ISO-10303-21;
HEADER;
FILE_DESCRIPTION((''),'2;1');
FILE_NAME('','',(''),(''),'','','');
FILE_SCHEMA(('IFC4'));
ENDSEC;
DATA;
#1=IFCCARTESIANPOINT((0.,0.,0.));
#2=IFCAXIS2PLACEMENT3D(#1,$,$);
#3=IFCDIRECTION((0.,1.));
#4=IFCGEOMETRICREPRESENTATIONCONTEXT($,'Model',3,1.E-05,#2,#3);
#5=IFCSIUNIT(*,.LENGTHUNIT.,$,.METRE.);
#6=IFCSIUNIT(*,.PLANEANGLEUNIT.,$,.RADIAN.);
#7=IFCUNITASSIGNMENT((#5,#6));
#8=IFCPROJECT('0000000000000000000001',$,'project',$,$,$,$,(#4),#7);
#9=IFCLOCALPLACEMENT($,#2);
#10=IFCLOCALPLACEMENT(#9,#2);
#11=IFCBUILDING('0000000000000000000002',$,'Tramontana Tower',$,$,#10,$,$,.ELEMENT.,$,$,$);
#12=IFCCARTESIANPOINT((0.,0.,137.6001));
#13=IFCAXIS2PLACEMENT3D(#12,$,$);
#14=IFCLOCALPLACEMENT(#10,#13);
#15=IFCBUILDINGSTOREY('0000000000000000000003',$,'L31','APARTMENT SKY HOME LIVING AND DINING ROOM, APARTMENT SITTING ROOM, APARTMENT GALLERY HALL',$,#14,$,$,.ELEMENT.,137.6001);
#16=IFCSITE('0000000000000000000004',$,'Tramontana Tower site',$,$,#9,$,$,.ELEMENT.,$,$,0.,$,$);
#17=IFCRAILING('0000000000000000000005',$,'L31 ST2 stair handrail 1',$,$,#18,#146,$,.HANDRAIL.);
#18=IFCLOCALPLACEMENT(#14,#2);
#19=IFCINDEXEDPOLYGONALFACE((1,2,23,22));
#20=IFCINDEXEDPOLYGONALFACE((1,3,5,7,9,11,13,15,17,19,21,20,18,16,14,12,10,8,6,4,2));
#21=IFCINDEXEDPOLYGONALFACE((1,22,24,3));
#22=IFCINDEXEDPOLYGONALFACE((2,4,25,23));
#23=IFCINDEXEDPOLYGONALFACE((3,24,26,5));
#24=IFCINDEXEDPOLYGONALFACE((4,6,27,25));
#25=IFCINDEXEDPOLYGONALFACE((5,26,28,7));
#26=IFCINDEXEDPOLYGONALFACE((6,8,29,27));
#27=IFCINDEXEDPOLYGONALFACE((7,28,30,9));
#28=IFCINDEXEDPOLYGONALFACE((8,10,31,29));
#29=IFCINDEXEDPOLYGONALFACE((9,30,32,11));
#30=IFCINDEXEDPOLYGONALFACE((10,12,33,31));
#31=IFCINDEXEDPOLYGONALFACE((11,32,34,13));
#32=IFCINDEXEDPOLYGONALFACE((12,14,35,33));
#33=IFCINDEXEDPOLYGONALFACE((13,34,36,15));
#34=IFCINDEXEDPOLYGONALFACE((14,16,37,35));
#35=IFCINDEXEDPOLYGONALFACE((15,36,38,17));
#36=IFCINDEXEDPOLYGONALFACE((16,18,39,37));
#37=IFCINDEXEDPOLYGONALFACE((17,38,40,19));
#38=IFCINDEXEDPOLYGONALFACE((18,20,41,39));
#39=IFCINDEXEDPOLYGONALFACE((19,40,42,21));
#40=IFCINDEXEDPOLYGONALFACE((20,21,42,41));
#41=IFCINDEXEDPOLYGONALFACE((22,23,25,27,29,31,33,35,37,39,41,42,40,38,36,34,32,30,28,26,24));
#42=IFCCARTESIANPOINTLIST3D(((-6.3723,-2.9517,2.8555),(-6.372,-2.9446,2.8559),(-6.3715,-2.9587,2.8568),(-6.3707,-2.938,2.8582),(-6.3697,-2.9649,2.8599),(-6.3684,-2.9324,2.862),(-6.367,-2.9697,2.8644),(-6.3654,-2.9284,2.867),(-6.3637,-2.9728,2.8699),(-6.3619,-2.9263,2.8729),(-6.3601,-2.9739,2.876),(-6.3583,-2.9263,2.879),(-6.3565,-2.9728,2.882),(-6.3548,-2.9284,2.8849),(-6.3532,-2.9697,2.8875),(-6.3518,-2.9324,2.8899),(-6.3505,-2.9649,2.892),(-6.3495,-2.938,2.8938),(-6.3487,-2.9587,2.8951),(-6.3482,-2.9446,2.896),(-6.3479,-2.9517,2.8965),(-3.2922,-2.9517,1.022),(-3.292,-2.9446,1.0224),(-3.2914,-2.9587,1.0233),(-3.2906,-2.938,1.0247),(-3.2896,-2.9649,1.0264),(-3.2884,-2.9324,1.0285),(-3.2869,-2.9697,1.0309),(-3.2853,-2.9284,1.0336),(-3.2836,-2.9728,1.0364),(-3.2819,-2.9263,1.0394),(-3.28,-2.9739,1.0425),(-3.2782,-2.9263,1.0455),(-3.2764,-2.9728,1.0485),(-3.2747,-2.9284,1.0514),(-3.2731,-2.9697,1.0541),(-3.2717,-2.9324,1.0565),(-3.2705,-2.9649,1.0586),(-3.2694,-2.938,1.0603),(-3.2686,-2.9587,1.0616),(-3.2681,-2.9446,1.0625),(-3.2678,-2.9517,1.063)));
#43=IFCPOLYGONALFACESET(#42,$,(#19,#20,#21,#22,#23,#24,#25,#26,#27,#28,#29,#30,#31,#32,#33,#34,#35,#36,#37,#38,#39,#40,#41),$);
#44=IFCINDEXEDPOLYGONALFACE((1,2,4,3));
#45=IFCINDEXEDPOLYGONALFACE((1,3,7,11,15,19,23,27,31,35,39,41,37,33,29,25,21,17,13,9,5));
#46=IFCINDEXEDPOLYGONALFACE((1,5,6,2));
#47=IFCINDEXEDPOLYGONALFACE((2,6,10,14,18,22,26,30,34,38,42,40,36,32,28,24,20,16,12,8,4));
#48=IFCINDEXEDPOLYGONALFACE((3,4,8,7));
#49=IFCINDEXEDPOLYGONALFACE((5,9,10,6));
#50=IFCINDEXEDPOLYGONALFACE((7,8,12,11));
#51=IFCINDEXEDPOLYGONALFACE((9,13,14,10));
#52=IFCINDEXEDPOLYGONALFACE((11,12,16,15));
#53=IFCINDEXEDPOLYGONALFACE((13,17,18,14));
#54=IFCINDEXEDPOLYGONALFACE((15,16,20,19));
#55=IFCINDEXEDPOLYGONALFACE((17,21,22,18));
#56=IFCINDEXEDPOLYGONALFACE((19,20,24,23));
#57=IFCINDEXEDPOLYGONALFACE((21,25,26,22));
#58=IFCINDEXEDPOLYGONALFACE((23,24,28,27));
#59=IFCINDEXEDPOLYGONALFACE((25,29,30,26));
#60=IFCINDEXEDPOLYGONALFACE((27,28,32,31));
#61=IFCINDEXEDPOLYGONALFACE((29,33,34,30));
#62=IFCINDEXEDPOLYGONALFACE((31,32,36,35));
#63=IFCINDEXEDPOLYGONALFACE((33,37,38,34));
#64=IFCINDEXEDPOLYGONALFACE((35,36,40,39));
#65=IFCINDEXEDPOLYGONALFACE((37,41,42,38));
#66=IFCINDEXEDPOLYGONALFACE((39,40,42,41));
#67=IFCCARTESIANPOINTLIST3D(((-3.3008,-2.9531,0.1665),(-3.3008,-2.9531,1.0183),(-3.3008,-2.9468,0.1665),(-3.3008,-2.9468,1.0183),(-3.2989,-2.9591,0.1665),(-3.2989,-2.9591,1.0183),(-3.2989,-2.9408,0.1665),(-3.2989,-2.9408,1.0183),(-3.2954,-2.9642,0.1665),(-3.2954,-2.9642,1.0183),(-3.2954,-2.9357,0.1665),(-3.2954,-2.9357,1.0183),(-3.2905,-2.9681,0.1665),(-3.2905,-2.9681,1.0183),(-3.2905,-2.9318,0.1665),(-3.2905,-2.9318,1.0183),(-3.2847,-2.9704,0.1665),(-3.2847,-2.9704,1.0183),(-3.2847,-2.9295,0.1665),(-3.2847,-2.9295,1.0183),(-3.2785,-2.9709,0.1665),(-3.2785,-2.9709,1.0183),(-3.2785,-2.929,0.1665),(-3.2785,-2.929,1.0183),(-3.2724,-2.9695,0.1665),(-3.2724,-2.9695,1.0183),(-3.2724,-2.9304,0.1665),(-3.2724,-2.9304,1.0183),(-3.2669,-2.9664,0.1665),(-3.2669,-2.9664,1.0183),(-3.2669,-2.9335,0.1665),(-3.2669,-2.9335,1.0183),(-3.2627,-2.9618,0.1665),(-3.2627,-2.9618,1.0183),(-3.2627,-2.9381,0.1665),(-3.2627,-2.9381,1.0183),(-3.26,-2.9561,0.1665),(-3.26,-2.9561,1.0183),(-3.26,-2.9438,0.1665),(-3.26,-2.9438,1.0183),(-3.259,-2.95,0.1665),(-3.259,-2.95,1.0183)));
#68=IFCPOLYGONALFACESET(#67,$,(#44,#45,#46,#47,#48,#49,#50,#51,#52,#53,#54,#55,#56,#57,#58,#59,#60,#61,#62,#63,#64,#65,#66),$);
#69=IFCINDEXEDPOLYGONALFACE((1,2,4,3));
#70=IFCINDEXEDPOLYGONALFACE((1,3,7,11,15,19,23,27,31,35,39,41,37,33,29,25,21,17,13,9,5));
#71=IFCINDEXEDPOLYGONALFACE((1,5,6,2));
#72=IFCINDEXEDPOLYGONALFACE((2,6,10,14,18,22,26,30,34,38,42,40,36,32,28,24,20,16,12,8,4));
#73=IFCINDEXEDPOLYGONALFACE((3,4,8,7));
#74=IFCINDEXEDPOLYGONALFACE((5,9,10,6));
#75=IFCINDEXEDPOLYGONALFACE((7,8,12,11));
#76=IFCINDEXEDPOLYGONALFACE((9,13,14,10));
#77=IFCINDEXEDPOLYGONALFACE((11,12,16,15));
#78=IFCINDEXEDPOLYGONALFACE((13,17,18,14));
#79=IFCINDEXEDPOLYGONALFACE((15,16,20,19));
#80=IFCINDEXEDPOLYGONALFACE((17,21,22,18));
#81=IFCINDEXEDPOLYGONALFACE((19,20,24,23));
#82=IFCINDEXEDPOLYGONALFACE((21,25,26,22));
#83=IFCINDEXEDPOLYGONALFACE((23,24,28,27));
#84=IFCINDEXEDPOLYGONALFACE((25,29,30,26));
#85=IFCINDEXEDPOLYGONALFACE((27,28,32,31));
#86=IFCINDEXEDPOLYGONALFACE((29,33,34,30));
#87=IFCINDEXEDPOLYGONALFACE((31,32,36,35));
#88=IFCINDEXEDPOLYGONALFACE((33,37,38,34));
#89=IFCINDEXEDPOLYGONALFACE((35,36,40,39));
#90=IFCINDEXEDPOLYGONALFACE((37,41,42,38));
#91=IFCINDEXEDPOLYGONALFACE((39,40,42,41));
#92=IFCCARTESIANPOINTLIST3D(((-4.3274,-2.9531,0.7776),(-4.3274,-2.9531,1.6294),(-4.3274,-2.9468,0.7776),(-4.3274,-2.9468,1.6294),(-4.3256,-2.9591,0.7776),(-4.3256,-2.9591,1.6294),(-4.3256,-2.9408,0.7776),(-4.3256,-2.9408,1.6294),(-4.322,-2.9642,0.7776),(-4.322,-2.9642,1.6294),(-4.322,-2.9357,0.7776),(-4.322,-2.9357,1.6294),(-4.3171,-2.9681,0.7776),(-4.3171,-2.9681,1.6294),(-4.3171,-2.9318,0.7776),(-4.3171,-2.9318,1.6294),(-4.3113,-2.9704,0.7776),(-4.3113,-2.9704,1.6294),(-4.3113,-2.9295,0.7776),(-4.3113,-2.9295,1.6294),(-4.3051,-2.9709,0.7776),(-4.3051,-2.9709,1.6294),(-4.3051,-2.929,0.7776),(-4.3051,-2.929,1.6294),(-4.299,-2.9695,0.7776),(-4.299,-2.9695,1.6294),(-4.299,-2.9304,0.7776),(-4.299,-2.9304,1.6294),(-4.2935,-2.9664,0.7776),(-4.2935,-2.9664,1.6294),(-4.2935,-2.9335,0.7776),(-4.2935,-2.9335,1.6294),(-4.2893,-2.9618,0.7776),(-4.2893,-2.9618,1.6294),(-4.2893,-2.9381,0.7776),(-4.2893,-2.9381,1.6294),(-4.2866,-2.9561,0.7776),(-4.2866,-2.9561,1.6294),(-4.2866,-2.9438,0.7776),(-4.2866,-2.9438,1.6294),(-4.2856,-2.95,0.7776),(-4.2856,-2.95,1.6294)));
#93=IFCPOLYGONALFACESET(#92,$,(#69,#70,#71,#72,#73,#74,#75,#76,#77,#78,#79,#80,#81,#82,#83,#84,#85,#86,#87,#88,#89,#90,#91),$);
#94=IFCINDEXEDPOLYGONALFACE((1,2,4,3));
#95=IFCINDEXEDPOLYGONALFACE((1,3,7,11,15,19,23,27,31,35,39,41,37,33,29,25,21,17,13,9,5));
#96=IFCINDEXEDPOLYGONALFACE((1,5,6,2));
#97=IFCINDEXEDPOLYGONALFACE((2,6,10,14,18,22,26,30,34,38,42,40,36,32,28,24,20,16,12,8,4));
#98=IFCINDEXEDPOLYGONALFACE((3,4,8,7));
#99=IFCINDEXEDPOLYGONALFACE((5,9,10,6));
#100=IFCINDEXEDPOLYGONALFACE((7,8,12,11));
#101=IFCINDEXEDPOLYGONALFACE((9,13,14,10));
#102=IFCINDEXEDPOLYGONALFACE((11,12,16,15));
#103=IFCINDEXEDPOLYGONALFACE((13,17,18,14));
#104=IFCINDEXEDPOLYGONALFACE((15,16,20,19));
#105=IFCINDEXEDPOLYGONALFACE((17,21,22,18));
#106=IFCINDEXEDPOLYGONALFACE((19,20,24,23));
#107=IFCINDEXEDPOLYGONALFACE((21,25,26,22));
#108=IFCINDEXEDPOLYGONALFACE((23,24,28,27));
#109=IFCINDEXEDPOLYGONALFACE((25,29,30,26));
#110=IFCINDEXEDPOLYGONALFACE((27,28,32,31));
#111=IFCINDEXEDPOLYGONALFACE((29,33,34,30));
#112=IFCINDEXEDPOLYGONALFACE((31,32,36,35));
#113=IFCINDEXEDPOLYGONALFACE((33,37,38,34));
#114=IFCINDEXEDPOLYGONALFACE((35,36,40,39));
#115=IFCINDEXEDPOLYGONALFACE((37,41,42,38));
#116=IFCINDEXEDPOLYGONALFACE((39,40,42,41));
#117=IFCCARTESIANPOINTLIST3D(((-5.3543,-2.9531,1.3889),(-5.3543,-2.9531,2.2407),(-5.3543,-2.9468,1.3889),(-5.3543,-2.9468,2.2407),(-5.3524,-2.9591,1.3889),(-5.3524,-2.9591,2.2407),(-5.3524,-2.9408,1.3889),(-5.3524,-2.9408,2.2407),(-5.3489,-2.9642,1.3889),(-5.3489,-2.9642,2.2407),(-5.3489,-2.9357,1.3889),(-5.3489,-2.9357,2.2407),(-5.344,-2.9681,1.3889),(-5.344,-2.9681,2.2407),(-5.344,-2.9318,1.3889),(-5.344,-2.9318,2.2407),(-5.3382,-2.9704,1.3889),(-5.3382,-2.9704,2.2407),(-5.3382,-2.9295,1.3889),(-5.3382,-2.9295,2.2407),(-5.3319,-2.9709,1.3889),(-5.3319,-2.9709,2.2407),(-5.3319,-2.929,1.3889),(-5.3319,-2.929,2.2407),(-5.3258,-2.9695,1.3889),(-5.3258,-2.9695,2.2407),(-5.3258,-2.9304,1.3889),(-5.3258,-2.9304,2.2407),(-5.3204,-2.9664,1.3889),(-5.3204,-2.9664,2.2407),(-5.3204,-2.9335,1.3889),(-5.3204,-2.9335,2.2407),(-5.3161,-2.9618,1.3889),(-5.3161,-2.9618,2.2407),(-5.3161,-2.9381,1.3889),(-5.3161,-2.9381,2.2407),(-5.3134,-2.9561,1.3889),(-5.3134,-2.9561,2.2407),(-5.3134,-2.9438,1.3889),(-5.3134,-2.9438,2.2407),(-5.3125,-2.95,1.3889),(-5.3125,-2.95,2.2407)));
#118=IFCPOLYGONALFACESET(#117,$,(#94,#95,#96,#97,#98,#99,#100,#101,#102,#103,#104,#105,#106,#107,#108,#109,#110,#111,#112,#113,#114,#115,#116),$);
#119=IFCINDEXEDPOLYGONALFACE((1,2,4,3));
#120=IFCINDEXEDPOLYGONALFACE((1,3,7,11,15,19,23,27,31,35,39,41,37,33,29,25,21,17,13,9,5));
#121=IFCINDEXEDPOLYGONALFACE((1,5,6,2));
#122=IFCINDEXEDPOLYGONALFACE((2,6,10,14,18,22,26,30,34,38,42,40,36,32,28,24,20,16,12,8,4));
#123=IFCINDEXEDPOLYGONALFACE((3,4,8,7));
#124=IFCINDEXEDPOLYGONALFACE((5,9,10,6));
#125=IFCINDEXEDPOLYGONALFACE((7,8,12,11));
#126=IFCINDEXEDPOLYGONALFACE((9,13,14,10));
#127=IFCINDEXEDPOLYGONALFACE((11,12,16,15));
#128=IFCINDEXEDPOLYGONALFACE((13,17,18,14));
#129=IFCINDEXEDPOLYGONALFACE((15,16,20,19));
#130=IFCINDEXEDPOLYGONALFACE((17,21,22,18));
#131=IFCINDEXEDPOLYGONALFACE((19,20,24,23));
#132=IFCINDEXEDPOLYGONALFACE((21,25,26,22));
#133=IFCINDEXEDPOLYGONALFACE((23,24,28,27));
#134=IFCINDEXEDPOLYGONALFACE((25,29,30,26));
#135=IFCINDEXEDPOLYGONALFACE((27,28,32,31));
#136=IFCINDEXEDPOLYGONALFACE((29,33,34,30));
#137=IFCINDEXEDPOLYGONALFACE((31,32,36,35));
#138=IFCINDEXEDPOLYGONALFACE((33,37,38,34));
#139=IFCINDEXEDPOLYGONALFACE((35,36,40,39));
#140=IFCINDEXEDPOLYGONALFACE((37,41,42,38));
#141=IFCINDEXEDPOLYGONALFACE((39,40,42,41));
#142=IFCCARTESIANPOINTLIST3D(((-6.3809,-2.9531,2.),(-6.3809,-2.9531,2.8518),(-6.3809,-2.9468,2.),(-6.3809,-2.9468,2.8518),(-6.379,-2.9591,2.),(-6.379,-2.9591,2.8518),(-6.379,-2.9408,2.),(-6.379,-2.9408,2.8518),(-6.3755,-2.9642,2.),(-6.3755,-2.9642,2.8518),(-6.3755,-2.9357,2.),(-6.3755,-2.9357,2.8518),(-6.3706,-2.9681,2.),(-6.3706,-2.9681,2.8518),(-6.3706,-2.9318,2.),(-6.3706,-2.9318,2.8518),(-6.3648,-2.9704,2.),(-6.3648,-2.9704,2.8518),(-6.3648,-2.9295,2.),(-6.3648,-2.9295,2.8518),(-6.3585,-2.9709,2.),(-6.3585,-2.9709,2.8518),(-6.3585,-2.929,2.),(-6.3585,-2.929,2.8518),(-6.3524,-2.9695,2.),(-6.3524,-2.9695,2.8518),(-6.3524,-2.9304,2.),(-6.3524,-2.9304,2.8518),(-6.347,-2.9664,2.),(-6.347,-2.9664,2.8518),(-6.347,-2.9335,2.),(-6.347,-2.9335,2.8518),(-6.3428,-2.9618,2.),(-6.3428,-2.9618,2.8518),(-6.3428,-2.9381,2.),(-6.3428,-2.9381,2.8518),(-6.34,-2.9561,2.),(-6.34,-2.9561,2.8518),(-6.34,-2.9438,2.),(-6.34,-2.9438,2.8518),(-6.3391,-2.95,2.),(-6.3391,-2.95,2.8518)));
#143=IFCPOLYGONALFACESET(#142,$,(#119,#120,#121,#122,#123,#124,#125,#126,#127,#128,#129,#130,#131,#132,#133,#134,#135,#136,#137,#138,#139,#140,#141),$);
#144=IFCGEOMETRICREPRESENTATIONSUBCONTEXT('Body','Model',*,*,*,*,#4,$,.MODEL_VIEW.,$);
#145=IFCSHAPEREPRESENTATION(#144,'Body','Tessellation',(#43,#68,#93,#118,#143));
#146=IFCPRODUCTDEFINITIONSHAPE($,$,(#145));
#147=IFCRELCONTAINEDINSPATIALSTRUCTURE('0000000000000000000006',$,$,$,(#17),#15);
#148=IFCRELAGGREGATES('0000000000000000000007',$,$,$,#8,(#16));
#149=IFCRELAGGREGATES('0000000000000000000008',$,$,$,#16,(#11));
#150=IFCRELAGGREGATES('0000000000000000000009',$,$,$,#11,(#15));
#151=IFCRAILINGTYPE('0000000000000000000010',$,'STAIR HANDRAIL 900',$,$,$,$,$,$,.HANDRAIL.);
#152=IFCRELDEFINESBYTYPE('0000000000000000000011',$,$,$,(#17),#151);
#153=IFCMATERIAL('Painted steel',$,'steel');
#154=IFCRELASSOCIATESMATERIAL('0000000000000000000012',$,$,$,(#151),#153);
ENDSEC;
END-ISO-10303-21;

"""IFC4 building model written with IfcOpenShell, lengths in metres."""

from ifc_helpers import new_model, si_unit, direction, frame, origin, origin_2d, place, context, subcontext, project, spatial, circle, extrude, material, type_object, element, save


model = new_model("IFC4")

# Units and contexts
model_context = context("Model", 3, precision=1e-05, world=origin(), true_north=direction((0.0, 1.0)))
body_context = subcontext(model_context, "Body", "Model", "MODEL_VIEW")
ifc_project = project(units=[si_unit("LENGTHUNIT", "METRE"), si_unit("PLANEANGLEUNIT", "RADIAN")], contexts=[model_context])

# Site, building, storey
site_placement = place(None, origin())
site = spatial("IfcSite", under=ifc_project, at=site_placement, Name="Tramontana Tower site", CompositionType="ELEMENT", RefElevation=0.0)
building_placement = place(site_placement, origin())
building = spatial("IfcBuilding", under=site, at=building_placement, Name="Tramontana Tower", CompositionType="ELEMENT")
storey_placement = place(building_placement, frame((0.0, 0.0, 137.6001)))
storey = spatial("IfcBuildingStorey", under=building, at=storey_placement, Name="L31", Description="APARTMENT SKY HOME LIVING AND DINING ROOM, APARTMENT SITTING ROOM, APARTMENT GALLERY HALL", CompositionType="ELEMENT", Elevation=137.6001)

# Railing
ifc_material_1 = material(Name="Painted steel", Category="steel")
railing_type_1 = type_object("IfcRailingType", Name="STAIR HANDRAIL 900", PredefinedType="HANDRAIL", material=ifc_material_1)
railing_1_placement = place(storey_placement, frame((-3.28, -2.95, 0.1665)))
element("IfcRailing", 1, at=railing_1_placement, inside=storey, type_object=railing_type_1, Name="L31 ST2 stair handrail 1", PredefinedType="HANDRAIL", context=body_context, shape_type="SweptSolid", body=[
    extrude(circle(Radius=0.0239, at=origin_2d()), frame((0.0, 0.0, 0.876), z_axis=(-0.859279, 0.0, 0.511508), x_axis=(0.0, -1.0, 0.0)), (0.0, 0.0, 1.0), 3.5845),
    extrude(circle(Radius=0.021, at=origin_2d()), origin(), (0.0, 0.0, 1.0), 0.8518),
    extrude(circle(Radius=0.021, at=origin_2d()), frame((-1.0266, 0.0, 0.6111)), (0.0, 0.0, 1.0), 0.8518),
    extrude(circle(Radius=0.021, at=origin_2d()), frame((-2.0535, 0.0, 1.2224)), (0.0, 0.0, 1.0), 0.8518),
    extrude(circle(Radius=0.021, at=origin_2d()), frame((-3.0801, 0.0, 1.8335)), (0.0, 0.0, 1.0), 0.8518),
])

save(model, "model.ifc")
